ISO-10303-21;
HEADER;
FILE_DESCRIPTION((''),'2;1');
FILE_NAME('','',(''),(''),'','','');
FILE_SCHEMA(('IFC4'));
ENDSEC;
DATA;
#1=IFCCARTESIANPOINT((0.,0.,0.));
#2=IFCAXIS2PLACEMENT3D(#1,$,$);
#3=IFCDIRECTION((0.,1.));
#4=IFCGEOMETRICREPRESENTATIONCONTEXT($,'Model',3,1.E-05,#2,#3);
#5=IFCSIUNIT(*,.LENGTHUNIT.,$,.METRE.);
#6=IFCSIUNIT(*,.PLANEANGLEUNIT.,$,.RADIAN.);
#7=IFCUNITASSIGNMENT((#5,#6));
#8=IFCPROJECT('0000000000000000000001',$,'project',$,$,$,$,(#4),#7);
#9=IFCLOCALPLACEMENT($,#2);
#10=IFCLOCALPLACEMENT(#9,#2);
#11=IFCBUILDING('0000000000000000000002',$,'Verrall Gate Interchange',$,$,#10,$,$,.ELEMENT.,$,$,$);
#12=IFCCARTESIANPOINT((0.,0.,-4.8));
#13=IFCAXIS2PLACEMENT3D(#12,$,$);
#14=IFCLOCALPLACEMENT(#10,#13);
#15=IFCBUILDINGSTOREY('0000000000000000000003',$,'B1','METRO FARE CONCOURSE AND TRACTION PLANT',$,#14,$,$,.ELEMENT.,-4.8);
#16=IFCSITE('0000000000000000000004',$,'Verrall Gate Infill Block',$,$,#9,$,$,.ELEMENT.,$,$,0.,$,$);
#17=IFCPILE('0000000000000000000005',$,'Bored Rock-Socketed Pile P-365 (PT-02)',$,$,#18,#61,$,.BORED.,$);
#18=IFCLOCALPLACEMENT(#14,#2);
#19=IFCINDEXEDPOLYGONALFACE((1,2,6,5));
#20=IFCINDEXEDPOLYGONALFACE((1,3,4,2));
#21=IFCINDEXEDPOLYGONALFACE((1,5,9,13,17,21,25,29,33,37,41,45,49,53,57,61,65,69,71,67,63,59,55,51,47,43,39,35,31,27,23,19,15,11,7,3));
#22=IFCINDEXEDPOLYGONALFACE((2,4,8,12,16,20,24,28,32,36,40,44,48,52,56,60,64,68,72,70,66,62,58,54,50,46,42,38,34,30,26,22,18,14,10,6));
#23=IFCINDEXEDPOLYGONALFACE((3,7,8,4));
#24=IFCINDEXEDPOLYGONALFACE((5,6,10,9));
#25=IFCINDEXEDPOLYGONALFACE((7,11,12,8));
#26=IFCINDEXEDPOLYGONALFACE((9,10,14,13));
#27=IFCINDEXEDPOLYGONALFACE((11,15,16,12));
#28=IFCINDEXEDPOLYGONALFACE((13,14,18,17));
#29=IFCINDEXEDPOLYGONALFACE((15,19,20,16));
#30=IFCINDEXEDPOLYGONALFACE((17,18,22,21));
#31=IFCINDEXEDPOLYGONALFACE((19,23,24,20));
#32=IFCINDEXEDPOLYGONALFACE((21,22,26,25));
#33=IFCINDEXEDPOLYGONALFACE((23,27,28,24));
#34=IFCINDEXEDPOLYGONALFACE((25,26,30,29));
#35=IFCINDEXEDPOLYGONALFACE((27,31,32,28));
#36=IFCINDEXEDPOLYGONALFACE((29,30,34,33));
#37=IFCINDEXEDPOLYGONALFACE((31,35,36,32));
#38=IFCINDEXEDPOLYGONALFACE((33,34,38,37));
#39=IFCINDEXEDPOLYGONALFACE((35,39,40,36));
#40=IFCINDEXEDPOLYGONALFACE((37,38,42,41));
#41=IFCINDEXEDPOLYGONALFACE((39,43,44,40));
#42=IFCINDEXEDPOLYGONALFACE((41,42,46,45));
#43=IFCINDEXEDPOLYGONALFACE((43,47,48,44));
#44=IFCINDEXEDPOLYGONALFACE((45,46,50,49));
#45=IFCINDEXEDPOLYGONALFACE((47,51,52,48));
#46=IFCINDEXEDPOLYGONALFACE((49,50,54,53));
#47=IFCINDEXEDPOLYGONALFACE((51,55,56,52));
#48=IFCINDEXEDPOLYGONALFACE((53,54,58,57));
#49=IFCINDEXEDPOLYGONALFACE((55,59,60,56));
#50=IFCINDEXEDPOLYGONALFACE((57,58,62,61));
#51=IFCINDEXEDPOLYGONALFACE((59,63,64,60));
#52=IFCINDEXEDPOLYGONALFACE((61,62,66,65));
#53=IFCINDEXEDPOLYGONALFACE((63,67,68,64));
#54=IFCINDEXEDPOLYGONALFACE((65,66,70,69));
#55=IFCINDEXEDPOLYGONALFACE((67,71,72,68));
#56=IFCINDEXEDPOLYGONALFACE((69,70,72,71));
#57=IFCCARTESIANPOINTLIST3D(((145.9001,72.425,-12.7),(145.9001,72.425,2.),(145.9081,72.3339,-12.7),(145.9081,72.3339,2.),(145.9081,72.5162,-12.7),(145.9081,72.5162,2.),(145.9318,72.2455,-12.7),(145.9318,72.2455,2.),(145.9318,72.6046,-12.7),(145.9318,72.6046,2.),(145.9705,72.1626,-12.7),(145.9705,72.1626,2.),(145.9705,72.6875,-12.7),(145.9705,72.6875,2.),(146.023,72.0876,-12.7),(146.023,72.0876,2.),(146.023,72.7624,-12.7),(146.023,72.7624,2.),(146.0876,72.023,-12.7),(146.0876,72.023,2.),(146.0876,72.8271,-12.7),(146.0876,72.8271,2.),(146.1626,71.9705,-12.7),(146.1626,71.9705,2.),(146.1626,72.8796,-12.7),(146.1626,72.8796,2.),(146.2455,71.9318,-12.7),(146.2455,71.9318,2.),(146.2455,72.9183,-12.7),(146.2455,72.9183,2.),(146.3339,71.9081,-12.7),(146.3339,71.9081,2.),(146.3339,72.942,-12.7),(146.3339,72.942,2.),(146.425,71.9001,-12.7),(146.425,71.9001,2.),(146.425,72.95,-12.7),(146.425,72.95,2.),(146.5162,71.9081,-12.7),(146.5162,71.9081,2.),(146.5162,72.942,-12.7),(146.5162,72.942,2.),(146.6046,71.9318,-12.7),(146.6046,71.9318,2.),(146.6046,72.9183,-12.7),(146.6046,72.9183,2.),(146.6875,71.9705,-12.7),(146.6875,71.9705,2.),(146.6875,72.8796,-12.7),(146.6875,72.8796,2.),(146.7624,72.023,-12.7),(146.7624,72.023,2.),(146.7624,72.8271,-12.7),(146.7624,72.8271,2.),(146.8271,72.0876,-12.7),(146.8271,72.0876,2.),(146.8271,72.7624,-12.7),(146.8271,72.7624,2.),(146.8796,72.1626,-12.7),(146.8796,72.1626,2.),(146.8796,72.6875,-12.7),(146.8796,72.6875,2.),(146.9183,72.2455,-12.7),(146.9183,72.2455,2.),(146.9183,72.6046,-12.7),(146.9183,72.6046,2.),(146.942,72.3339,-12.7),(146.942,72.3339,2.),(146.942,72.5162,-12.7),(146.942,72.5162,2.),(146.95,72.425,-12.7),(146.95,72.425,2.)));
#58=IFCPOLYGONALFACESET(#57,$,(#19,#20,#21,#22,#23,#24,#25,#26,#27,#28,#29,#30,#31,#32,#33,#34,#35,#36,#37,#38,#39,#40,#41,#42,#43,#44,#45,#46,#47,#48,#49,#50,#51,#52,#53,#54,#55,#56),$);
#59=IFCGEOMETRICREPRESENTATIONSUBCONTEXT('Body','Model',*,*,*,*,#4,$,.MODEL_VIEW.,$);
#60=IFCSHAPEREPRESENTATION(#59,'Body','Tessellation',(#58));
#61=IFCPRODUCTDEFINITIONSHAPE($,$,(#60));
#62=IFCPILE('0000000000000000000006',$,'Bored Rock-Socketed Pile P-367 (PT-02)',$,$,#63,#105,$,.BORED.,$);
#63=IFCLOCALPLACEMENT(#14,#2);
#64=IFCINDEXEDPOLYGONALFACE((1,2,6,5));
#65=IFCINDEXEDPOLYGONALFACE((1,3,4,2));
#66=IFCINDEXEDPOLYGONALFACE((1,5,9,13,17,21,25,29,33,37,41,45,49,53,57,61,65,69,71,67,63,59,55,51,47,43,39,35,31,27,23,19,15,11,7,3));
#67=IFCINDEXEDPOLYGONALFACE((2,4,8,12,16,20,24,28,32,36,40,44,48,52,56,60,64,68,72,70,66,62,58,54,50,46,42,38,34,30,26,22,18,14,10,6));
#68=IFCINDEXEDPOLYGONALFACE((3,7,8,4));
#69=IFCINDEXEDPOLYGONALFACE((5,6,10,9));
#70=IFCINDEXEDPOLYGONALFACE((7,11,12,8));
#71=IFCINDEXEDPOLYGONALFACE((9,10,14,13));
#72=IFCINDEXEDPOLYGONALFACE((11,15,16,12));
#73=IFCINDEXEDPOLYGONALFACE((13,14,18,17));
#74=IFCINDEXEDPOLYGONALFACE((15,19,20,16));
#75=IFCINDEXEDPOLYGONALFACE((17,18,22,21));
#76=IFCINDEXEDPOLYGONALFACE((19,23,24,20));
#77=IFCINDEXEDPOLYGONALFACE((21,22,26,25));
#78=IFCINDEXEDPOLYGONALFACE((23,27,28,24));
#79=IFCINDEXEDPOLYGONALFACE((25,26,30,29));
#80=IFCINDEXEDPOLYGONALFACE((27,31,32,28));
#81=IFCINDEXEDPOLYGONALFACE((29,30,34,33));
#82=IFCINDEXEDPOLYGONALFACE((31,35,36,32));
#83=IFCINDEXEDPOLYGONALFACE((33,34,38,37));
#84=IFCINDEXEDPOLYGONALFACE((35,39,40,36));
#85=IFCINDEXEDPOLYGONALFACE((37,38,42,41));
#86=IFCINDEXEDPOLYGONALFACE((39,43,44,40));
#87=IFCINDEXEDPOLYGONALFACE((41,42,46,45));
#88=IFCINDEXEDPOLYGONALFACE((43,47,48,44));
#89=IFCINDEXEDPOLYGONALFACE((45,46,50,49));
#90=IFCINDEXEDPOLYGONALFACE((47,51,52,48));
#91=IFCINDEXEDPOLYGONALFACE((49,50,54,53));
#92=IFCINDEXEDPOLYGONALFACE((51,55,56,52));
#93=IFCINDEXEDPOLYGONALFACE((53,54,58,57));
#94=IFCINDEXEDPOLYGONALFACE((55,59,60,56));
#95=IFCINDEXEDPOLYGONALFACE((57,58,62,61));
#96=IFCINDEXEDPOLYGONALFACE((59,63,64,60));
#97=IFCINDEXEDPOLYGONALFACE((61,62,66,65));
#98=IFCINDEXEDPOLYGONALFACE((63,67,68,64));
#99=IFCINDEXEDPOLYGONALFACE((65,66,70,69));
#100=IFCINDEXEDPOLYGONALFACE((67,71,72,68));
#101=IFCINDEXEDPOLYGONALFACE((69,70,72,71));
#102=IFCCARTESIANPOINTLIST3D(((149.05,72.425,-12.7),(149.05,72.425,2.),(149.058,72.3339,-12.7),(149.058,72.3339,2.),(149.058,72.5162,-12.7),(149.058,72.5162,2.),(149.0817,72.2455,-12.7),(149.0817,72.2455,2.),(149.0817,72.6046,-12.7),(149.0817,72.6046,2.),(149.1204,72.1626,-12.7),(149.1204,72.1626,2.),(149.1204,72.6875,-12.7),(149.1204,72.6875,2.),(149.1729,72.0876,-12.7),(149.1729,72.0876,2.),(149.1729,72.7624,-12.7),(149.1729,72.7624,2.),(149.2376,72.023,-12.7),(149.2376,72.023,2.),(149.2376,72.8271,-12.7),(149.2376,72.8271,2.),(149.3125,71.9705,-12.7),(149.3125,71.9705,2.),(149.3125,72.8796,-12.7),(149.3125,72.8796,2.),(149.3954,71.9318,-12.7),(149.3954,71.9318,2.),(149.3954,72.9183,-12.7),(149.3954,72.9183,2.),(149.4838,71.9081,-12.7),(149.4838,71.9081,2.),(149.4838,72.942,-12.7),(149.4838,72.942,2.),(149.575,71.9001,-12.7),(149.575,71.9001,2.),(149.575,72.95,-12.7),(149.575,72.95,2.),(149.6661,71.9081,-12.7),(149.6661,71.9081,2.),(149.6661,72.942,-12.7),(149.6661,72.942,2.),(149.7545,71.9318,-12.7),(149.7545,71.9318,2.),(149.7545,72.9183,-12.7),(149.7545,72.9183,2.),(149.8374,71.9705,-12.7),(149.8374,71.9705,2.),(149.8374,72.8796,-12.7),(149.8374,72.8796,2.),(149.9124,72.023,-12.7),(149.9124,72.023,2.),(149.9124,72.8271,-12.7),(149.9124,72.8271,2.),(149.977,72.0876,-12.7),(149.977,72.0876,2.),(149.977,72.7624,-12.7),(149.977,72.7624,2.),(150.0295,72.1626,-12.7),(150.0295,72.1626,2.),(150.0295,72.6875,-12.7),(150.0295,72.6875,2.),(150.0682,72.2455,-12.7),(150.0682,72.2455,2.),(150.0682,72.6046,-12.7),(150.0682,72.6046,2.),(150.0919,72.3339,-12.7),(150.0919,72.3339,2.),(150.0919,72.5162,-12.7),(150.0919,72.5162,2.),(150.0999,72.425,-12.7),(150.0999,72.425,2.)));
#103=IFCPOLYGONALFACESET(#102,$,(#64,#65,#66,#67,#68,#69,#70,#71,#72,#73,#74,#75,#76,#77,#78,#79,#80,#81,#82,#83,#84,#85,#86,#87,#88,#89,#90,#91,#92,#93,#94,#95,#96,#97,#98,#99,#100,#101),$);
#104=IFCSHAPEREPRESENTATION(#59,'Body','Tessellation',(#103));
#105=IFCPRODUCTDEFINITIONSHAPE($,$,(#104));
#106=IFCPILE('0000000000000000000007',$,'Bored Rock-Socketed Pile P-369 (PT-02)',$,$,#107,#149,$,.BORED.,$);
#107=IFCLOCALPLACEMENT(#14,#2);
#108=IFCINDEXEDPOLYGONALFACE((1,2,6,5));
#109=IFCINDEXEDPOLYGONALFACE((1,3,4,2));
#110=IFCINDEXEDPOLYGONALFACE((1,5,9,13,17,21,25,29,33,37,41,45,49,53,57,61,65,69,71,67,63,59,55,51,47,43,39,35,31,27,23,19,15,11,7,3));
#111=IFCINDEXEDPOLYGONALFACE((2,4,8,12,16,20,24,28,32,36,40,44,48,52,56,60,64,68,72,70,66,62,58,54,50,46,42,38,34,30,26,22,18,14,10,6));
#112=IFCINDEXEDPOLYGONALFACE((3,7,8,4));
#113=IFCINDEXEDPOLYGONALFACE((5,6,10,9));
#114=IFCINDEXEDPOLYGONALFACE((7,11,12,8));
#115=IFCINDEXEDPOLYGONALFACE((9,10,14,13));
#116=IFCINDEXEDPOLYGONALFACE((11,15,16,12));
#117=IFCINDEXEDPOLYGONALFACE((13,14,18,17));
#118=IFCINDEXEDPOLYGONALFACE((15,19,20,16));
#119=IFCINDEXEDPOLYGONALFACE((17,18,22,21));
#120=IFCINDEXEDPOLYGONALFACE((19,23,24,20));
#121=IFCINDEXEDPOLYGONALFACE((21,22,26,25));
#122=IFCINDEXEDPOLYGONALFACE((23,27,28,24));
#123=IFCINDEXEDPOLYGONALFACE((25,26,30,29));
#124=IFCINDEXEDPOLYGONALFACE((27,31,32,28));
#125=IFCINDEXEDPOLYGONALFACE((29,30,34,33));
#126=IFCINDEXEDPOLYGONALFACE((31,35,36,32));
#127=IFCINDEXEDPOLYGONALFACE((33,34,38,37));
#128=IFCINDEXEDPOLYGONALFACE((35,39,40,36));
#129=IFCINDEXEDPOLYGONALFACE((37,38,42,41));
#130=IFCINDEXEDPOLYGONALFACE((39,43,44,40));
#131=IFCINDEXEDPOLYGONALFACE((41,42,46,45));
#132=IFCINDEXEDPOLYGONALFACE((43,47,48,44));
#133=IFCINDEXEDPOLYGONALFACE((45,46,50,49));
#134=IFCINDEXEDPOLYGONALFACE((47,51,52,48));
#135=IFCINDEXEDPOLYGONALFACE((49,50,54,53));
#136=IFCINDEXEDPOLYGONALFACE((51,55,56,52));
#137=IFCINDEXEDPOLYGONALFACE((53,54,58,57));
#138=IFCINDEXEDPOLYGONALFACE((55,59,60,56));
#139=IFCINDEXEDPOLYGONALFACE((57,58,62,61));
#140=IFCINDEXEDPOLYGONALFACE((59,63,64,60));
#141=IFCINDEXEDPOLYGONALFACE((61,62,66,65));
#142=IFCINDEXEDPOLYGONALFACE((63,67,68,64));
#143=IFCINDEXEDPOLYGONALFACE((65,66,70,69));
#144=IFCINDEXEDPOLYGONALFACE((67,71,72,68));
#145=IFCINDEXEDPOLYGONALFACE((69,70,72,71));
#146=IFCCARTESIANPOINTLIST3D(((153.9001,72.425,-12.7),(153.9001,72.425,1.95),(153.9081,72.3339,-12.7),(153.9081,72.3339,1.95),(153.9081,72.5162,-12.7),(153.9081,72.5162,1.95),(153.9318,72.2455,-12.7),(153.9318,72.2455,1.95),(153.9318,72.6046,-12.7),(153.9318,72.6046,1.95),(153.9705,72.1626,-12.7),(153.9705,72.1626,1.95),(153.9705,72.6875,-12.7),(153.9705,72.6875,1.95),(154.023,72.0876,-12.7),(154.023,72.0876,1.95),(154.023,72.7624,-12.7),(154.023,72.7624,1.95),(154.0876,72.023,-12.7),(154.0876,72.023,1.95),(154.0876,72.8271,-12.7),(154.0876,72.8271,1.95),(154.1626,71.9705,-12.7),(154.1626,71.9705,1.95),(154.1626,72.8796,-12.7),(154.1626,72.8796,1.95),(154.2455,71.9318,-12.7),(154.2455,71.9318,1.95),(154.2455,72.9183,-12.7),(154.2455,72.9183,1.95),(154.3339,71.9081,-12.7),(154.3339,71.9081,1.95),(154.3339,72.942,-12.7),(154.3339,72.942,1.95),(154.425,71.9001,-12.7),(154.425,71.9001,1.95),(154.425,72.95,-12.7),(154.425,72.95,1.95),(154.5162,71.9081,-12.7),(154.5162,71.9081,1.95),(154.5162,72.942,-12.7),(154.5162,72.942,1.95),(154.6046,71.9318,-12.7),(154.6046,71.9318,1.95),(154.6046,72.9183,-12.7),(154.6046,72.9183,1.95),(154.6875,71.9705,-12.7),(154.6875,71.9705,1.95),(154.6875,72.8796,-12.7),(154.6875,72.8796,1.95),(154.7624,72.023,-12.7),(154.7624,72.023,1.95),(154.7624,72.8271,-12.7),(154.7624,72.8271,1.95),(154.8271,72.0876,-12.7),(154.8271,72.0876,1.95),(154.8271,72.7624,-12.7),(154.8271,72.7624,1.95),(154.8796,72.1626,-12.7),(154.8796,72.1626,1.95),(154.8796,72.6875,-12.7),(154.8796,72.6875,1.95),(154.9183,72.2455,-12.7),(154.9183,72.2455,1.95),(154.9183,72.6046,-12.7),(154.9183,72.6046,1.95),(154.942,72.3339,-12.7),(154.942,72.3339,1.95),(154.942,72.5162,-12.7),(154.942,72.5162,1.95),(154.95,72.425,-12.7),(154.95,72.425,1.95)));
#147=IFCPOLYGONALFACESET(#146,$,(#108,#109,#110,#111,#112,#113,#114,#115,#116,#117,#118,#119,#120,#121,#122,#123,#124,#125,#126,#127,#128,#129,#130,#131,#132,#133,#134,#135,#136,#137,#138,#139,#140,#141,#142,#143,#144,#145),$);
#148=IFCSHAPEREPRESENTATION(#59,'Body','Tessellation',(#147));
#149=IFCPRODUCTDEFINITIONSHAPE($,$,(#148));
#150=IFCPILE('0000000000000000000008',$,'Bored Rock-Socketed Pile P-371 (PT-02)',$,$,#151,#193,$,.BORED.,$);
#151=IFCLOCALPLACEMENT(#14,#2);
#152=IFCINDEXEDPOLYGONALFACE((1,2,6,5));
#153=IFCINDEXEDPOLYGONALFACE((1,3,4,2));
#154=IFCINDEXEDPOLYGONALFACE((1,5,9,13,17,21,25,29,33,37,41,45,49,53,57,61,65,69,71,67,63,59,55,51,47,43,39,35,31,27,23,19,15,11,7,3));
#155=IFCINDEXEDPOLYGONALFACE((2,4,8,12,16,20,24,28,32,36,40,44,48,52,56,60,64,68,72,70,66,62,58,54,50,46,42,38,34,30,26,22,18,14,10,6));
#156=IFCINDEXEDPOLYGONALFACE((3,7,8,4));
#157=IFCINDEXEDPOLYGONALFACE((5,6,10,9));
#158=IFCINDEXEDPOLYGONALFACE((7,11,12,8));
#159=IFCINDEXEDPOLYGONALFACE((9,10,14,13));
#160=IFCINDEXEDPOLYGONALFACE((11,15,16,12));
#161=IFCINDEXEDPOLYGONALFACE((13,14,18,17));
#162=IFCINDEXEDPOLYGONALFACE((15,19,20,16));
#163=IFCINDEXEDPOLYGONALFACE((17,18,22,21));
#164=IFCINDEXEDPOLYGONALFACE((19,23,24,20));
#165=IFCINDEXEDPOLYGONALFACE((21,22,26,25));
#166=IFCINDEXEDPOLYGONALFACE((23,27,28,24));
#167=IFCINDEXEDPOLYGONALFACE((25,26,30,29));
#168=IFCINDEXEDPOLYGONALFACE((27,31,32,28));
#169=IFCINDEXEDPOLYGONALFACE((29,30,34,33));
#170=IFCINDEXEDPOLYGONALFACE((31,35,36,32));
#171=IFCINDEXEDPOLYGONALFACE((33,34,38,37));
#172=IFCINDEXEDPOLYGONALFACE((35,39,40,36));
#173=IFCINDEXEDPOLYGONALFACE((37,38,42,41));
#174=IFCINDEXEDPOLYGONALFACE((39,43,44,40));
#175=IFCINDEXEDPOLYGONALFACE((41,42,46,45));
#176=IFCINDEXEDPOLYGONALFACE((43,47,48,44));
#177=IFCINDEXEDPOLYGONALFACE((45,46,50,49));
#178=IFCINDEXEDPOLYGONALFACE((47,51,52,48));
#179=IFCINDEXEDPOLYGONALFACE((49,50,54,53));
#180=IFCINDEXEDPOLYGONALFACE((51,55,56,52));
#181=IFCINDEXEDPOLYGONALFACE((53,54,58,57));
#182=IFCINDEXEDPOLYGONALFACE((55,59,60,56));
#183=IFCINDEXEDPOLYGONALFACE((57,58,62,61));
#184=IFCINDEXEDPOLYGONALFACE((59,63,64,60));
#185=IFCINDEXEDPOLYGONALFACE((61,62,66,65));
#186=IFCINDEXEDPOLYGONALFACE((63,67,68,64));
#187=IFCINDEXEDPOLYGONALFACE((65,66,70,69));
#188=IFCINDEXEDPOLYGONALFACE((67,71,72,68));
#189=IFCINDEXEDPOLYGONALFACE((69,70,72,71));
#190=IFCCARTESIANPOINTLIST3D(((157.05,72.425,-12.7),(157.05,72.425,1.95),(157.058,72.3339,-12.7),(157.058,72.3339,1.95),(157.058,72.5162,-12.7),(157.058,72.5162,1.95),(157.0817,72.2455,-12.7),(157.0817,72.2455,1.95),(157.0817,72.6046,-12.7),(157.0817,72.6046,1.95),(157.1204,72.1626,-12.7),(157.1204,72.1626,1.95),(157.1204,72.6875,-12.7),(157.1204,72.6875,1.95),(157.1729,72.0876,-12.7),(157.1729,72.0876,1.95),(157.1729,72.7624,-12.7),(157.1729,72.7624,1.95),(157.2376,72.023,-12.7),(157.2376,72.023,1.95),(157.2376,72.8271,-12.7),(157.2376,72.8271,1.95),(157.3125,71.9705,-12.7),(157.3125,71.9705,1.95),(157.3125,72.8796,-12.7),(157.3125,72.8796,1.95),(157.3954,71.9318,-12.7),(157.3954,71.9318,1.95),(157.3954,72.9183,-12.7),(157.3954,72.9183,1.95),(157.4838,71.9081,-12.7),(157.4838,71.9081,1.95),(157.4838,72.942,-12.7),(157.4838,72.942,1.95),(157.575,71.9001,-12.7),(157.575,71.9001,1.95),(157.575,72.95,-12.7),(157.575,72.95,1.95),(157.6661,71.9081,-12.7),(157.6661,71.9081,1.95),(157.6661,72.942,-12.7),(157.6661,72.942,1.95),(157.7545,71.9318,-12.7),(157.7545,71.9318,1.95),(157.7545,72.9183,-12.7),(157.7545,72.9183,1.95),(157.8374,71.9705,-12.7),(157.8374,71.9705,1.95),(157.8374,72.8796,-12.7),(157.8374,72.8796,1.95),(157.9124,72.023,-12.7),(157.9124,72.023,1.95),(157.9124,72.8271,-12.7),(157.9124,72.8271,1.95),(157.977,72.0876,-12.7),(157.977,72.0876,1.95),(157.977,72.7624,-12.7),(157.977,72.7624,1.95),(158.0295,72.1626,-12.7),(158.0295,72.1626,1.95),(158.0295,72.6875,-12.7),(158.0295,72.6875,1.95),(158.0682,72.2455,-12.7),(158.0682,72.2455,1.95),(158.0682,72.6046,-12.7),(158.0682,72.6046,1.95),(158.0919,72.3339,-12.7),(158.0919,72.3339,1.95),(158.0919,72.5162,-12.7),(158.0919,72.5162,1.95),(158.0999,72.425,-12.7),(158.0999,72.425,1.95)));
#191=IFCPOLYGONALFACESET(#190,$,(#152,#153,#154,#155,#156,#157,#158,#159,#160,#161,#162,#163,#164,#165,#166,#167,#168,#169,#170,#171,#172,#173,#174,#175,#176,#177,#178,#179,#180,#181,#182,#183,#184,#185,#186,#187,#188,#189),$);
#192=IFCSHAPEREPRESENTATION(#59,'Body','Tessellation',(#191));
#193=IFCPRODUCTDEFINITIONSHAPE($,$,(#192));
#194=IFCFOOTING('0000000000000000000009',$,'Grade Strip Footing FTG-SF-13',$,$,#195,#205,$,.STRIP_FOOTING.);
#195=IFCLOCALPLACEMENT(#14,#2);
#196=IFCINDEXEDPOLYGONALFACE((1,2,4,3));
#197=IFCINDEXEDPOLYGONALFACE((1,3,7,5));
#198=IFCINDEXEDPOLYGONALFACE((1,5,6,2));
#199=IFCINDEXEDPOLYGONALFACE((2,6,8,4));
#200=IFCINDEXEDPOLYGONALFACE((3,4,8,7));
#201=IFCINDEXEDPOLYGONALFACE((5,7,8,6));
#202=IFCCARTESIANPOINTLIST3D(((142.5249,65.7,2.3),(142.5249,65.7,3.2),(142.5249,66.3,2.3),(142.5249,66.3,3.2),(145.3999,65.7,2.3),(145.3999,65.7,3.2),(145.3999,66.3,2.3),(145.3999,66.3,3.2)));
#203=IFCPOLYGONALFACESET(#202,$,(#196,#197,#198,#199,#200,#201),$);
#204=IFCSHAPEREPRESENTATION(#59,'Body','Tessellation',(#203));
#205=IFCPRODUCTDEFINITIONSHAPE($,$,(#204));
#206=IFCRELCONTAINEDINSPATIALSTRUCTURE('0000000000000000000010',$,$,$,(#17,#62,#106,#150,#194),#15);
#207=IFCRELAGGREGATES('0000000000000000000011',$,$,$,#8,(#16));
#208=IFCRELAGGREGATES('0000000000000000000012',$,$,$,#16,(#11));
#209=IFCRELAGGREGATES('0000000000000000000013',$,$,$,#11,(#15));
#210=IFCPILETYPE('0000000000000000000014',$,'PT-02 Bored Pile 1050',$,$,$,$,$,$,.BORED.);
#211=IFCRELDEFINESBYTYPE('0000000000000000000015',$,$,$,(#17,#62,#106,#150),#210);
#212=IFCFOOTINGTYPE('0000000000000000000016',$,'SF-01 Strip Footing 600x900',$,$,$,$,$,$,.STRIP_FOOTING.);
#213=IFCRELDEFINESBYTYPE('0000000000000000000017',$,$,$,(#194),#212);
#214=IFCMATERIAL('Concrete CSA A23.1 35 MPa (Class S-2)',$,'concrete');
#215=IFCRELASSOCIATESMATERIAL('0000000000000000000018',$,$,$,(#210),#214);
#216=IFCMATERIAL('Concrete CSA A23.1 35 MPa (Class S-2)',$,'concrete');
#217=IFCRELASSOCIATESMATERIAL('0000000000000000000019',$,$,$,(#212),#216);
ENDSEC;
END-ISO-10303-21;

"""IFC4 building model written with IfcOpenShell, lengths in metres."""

from ifc_helpers import new_model, si_unit, direction, frame, origin, origin_2d, place, context, subcontext, project, spatial, rectangle, circle, extrude, material, material_profile, profile_set, type_object, element, save


model = new_model("IFC4")

# Units and contexts
model_context = context("Model", 3, precision=1e-05, world=origin(), true_north=direction((0.0, 1.0)))
body_context = subcontext(model_context, "Body", "Model", "MODEL_VIEW")
ifc_project = project(units=[si_unit("LENGTHUNIT", "METRE"), si_unit("PLANEANGLEUNIT", "RADIAN")], contexts=[model_context])

# Site, building, storey
site_placement = place(None, origin())
site = spatial("IfcSite", under=ifc_project, at=site_placement, Name="Verrall Gate Infill Block", CompositionType="ELEMENT", RefElevation=0.0)
building_placement = place(site_placement, origin())
building = spatial("IfcBuilding", under=site, at=building_placement, Name="Verrall Gate Interchange", CompositionType="ELEMENT")
storey_placement = place(building_placement, frame((0.0, 0.0, -4.8)))
storey = spatial("IfcBuildingStorey", under=building, at=storey_placement, Name="B1", Description="METRO FARE CONCOURSE AND TRACTION PLANT", CompositionType="ELEMENT", Elevation=-4.8)

# Piles
ifc_material_1 = material(Name="Concrete CSA A23.1 35 MPa (Class S-2)", Category="concrete")
ifc_material_profile_1 = material_profile(ifc_material_1, circle(Radius=0.5249, at=origin_2d()), Name="PILE1050D")
ifc_profile_set_1 = profile_set([ifc_material_profile_1], Name="Concrete CSA A23.1 35 MPa (Class S-2)")
pile_type = type_object("IfcPileType", Name="PT-02 Bored Pile 1050", PredefinedType="BORED", material=ifc_profile_set_1)
for number, where, z_axis, x_axis, name in (
    (1, (146.425, 72.425, 2.0), (0.0, 0.0, -1.0), (1.0, 0.0, 0.0), "Bored Rock-Socketed Pile P-365 (PT-02)"),
    (2, (149.575, 72.425, 2.0), (0.0, 0.0, -1.0), (1.0, 0.0, 0.0), "Bored Rock-Socketed Pile P-367 (PT-02)"),
):
    element("IfcPile", number, at=place(storey_placement, frame(where, z_axis=z_axis, x_axis=x_axis)), inside=storey, type_object=pile_type, Name=name, PredefinedType="BORED", context=body_context, shape_type="SweptSolid", body=[
        extrude(circle(Radius=0.5249, at=origin_2d()), origin(), (0.0, 0.0, 1.0), 14.7),
    ])
for number, where, z_axis, x_axis, name in (
    (3, (154.425, 72.425, 1.95), (0.0, 0.0, -1.0), (1.0, 0.0, 0.0), "Bored Rock-Socketed Pile P-369 (PT-02)"),
    (4, (157.575, 72.425, 1.95), (0.0, 0.0, -1.0), (1.0, 0.0, 0.0), "Bored Rock-Socketed Pile P-371 (PT-02)"),
):
    element("IfcPile", number, at=place(storey_placement, frame(where, z_axis=z_axis, x_axis=x_axis)), inside=storey, type_object=pile_type, Name=name, PredefinedType="BORED", context=body_context, shape_type="SweptSolid", body=[
        extrude(circle(Radius=0.5249, at=origin_2d()), origin(), (0.0, 0.0, 1.0), 14.6499),
    ])

# Footing
ifc_material_2 = material(Name="Concrete CSA A23.1 35 MPa (Class S-2)", Category="concrete")
footing_type_1 = type_object("IfcFootingType", Name="SF-01 Strip Footing 600x900", PredefinedType="STRIP_FOOTING", material=ifc_material_2)
footing_1_placement = place(storey_placement, frame((143.9624, 66.0, 2.3), z_axis=(0.0, 0.0, 1.0), x_axis=(1.0, 0.0, 0.0)))
element("IfcFooting", 5, at=footing_1_placement, inside=storey, type_object=footing_type_1, Name="Grade Strip Footing FTG-SF-13", PredefinedType="STRIP_FOOTING", context=body_context, shape_type="SweptSolid", body=[
    extrude(rectangle(XDim=2.875, YDim=0.6001, at=origin_2d()), origin(), (0.0, 0.0, 1.0), 0.8999),
])

save(model, "model.ifc")
